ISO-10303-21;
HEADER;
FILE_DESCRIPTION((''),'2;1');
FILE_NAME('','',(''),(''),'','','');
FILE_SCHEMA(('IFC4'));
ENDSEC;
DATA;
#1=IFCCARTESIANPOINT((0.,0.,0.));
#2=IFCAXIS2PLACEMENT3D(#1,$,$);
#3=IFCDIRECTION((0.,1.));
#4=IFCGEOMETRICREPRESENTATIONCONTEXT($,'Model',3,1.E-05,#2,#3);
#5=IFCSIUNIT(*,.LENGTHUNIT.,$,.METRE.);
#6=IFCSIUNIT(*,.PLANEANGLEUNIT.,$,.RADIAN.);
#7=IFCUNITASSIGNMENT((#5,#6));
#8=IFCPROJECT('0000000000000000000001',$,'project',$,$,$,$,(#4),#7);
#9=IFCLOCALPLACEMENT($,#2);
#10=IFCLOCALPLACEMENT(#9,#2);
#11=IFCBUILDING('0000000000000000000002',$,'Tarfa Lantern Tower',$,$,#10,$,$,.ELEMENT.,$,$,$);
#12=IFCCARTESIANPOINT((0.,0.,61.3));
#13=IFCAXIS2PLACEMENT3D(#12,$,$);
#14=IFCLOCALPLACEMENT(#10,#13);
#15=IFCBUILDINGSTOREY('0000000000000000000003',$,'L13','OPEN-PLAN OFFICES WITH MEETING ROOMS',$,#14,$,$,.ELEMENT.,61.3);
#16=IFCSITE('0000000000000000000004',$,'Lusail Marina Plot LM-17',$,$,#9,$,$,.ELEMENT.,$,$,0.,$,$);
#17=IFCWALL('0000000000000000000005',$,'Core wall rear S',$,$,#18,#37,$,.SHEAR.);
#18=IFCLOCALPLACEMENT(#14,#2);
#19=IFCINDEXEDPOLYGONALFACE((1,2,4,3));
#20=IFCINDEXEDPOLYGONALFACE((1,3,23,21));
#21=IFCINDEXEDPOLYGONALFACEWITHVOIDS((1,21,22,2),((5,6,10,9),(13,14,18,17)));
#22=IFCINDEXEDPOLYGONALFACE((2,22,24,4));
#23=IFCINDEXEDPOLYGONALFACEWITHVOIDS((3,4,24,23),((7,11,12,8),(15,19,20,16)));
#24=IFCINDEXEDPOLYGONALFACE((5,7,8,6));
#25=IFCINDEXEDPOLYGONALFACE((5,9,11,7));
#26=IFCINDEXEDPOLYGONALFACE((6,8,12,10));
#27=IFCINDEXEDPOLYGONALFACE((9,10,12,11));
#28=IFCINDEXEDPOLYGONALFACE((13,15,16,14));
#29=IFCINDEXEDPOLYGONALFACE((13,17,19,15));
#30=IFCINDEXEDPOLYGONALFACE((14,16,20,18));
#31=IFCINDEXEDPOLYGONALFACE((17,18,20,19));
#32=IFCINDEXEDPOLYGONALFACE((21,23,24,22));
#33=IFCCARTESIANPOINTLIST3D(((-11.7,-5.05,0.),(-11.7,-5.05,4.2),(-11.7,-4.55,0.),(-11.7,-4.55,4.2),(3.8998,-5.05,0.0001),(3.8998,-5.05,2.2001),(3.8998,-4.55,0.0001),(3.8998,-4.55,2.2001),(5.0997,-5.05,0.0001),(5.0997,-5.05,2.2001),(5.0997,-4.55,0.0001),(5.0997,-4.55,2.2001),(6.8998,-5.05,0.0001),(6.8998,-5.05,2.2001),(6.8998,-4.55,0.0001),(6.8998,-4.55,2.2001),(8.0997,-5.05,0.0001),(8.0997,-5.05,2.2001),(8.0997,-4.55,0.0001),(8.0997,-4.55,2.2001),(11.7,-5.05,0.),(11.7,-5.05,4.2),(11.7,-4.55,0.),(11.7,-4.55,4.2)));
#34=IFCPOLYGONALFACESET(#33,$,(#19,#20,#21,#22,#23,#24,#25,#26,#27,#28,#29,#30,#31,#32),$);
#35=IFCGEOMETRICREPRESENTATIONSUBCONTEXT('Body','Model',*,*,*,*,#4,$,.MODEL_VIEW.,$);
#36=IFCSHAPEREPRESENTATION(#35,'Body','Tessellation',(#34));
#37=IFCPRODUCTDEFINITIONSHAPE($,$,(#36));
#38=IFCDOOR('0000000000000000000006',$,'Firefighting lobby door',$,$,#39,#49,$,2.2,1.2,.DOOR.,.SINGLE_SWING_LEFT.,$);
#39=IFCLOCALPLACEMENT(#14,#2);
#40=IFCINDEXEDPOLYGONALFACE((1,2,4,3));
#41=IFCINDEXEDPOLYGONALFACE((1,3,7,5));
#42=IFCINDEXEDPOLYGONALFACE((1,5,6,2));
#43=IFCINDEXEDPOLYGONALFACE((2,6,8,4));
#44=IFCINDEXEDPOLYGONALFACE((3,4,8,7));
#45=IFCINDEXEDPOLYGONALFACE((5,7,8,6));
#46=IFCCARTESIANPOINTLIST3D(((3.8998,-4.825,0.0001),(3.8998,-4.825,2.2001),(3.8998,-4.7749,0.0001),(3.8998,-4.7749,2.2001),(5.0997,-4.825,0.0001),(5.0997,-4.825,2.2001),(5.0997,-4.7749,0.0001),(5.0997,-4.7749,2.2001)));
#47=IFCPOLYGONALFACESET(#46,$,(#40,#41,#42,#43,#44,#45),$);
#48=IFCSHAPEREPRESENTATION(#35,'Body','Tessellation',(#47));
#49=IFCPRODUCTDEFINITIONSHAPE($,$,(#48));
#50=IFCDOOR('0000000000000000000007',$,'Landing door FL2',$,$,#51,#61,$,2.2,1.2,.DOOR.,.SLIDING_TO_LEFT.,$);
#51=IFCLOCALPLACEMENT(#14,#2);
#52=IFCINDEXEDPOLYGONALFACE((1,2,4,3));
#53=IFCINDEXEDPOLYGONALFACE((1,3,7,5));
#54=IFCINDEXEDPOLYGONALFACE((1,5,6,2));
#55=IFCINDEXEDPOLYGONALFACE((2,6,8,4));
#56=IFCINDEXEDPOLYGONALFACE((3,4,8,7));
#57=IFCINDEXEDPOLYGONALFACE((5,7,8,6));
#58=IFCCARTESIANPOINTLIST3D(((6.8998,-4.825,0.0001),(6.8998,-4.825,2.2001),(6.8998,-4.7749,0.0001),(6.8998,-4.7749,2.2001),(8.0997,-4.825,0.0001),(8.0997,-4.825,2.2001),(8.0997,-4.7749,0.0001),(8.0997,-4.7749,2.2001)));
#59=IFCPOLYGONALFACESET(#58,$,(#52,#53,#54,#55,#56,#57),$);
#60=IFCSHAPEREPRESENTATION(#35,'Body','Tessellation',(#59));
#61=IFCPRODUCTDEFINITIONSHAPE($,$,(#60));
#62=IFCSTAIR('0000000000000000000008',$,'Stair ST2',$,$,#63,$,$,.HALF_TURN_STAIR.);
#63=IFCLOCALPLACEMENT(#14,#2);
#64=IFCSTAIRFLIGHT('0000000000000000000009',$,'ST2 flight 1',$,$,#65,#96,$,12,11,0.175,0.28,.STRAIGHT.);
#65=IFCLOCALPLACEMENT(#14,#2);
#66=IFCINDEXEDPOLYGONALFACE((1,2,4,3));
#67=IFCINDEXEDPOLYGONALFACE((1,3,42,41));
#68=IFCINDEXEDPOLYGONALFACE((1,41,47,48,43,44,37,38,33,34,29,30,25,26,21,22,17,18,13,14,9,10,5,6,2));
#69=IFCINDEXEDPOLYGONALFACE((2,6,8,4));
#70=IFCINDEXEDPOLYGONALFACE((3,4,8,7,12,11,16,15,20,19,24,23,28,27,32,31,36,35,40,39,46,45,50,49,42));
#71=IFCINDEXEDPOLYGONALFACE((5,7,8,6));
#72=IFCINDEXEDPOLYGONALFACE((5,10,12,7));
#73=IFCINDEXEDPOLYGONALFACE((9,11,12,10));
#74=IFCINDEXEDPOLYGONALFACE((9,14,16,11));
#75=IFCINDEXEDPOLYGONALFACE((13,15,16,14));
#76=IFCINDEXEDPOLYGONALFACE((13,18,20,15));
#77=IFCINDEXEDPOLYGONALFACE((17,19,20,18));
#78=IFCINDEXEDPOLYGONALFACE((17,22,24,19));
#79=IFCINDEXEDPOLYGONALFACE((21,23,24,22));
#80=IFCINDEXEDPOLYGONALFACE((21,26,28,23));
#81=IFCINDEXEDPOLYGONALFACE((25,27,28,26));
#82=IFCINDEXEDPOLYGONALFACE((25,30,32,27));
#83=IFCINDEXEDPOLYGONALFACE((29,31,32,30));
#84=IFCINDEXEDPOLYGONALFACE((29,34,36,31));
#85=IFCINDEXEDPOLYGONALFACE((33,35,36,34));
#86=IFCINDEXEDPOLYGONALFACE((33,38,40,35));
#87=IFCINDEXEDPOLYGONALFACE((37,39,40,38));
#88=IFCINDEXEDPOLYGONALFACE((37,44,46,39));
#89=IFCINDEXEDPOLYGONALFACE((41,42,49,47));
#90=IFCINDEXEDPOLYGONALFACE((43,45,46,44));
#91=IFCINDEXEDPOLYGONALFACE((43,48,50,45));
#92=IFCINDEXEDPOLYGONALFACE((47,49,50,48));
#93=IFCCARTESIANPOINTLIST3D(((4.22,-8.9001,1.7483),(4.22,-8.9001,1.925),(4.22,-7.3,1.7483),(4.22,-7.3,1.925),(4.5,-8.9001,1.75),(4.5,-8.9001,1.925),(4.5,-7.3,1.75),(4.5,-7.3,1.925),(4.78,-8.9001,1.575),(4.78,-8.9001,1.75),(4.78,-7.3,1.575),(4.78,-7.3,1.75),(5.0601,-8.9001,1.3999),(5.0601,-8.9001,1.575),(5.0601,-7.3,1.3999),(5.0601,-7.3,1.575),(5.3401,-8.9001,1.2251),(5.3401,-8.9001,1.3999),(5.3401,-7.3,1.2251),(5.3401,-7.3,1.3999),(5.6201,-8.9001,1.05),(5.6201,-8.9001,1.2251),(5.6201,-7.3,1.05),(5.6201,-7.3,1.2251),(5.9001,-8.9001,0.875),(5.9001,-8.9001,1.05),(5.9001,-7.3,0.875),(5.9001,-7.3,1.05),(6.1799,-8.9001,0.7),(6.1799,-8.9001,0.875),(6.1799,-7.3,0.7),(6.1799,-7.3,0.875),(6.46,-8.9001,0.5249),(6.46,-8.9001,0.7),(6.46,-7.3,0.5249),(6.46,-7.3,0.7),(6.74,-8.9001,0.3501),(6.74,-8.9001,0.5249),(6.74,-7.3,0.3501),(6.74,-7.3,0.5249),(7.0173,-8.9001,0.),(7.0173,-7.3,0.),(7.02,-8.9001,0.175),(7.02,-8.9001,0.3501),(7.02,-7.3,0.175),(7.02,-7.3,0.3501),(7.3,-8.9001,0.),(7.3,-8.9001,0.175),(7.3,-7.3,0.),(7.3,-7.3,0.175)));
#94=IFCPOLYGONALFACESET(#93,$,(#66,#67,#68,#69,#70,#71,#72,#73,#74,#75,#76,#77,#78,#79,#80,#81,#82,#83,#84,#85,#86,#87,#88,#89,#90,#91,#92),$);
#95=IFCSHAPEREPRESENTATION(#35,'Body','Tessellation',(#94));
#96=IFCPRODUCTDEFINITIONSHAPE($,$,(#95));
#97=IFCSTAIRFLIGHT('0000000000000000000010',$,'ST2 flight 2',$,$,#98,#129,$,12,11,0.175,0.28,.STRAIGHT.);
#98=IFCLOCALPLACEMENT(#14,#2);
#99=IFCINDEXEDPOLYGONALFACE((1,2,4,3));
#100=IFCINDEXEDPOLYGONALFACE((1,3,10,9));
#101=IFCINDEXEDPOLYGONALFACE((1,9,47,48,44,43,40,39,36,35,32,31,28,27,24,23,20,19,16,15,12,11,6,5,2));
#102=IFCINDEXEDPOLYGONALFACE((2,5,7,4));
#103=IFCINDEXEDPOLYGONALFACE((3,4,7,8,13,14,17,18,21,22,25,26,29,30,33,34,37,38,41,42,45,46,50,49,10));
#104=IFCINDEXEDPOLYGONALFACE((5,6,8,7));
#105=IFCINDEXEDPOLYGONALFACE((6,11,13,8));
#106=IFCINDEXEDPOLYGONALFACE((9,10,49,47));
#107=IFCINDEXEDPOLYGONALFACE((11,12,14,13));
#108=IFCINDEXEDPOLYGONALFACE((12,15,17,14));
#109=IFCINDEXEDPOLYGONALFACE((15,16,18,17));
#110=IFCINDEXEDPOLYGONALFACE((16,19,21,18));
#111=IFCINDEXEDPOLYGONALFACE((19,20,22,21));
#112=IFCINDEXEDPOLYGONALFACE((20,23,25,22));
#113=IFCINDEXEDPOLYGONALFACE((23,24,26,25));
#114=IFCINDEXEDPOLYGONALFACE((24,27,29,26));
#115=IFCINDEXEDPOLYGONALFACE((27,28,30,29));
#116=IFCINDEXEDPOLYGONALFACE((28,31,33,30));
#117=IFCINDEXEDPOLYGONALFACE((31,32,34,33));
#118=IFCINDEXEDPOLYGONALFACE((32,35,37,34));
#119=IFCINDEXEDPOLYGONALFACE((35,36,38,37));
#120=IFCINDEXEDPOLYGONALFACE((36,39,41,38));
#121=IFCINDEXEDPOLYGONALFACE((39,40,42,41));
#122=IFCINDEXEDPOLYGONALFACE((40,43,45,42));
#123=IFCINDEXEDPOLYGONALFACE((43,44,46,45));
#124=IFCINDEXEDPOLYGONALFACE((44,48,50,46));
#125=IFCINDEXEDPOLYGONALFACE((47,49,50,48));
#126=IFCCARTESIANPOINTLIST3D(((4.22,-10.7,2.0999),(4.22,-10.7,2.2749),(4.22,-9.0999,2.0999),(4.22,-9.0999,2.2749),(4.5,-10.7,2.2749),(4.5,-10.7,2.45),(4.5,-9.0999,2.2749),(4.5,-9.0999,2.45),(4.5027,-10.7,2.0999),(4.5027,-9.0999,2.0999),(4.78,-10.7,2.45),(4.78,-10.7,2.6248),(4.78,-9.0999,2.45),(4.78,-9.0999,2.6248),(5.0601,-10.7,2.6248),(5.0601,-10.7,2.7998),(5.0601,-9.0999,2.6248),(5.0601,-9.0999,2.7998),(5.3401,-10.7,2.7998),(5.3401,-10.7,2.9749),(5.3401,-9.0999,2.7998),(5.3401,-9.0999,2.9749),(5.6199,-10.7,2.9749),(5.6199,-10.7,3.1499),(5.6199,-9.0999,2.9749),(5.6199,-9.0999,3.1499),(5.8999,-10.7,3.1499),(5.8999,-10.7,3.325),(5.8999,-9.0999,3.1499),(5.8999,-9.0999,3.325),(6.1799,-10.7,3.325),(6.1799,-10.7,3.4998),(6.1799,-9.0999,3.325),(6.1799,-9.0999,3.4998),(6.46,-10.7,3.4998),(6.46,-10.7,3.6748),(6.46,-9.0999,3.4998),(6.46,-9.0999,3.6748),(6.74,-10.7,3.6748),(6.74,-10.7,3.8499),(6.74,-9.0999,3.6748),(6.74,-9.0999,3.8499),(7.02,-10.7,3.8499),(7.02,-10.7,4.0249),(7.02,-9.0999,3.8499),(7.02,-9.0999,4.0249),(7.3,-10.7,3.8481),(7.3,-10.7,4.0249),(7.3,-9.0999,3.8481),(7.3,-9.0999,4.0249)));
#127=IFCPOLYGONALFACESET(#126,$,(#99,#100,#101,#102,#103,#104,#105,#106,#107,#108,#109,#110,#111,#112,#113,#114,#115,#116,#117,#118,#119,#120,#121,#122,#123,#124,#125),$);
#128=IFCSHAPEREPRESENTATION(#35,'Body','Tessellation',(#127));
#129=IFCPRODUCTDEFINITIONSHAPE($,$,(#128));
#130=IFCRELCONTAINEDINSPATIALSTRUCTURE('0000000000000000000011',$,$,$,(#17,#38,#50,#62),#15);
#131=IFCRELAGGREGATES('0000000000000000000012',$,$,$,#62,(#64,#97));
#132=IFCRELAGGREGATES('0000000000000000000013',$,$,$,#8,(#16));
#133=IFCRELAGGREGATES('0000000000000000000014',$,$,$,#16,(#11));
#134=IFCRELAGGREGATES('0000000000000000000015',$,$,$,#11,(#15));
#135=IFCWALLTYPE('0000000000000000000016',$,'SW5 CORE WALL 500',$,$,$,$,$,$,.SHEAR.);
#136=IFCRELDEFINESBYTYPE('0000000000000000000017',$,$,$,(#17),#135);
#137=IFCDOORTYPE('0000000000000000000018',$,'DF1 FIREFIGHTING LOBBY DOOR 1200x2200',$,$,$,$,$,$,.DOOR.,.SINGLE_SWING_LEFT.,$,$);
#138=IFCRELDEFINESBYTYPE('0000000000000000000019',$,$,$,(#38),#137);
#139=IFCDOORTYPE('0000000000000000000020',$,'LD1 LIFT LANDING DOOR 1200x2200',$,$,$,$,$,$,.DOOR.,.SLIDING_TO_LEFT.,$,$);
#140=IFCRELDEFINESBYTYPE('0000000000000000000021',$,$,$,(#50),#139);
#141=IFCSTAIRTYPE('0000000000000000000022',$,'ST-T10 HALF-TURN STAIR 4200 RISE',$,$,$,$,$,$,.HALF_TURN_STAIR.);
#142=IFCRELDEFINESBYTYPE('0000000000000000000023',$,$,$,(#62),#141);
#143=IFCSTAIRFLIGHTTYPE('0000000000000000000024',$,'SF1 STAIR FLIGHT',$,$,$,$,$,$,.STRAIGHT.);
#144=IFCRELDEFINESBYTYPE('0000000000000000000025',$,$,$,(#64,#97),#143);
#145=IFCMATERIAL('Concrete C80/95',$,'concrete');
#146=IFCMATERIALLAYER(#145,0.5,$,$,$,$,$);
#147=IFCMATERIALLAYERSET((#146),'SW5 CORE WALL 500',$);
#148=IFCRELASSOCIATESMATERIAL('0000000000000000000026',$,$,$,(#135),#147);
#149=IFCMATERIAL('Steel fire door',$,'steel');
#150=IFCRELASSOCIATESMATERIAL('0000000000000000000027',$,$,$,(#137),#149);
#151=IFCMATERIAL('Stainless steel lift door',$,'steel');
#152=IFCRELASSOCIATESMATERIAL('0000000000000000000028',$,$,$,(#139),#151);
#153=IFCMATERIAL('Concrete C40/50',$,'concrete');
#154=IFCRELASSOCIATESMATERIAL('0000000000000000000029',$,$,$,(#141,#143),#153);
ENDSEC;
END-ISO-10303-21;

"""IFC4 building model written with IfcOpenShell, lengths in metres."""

from ifc_helpers import new_model, si_unit, direction, frame, frame_2d, origin, place, context, subcontext, project, spatial, polyline, rectangle, outline, extrude, material, layer, layer_set, type_object, element, fill, aggregate, save


model = new_model("IFC4")

# Units and contexts
model_context = context("Model", 3, precision=1e-05, world=origin(), true_north=direction((0.0, 1.0)))
body_context = subcontext(model_context, "Body", "Model", "MODEL_VIEW")
ifc_project = project(units=[si_unit("LENGTHUNIT", "METRE"), si_unit("PLANEANGLEUNIT", "RADIAN")], contexts=[model_context])

# Site, building, storey
site_placement = place(None, origin())
site = spatial("IfcSite", under=ifc_project, at=site_placement, Name="Lusail Marina Plot LM-17", CompositionType="ELEMENT", RefElevation=0.0)
building_placement = place(site_placement, origin())
building = spatial("IfcBuilding", under=site, at=building_placement, Name="Tarfa Lantern Tower", CompositionType="ELEMENT")
storey_placement = place(building_placement, frame((0.0, 0.0, 61.3)))
storey = spatial("IfcBuildingStorey", under=building, at=storey_placement, Name="L13", Description="OPEN-PLAN OFFICES WITH MEETING ROOMS", CompositionType="ELEMENT", Elevation=61.3)

# Shared definitions
ifc_material_1 = material(Name="Concrete C80/95", Category="concrete")

# Shared definitions
ifc_material_2 = material(Name="Steel fire door", Category="steel")

# Wall, openings, doors
ifc_layer_1 = layer(ifc_material_1, 0.5)
ifc_layer_set_1 = layer_set([ifc_layer_1], Name="SW5 CORE WALL 500")
wall_type_1 = type_object("IfcWallType", Name="SW5 CORE WALL 500", PredefinedType="SHEAR", material=ifc_layer_set_1)
wall_1_placement = place(storey_placement, frame((11.7, -4.8, 0.0), z_axis=(0.0, 0.0, 1.0), x_axis=(-1.0, 0.0, 0.0)))
wall_1 = element("IfcWall", 1, at=wall_1_placement, inside=storey, type_object=wall_type_1, Name="Core wall rear S", PredefinedType="SHEAR", context=body_context, shape_type="SweptSolid", body=[
    extrude(rectangle(XDim=23.3999, YDim=0.5, at=frame_2d((11.7, 0.0))), origin(), (0.0, 0.0, 1.0), 4.2),
])
opening_1_placement = place(wall_1_placement, frame((6.6001, 0.0, 0.0)))
opening_1 = element("IfcOpeningElement", 2, at=opening_1_placement, cuts=wall_1, PredefinedType="OPENING", context=body_context, shape_type="SweptSolid", body=[
    extrude(rectangle(XDim=1.2, YDim=2.2, at=frame_2d((0.6001, 1.1001))), frame((0.0, 0.26, 0.0), z_axis=(0.0, -1.0, 0.0), x_axis=(1.0, 0.0, 0.0)), (0.0, 0.0, 1.0), 0.52),
])
opening_2_placement = place(wall_1_placement, frame((3.6001, 0.0, 0.0)))
opening_2 = element("IfcOpeningElement", 3, at=opening_2_placement, cuts=wall_1, PredefinedType="OPENING", context=body_context, shape_type="SweptSolid", body=[
    extrude(rectangle(XDim=1.2, YDim=2.2, at=frame_2d((0.6001, 1.1001))), frame((0.0, 0.26, 0.0), z_axis=(0.0, -1.0, 0.0), x_axis=(1.0, 0.0, 0.0)), (0.0, 0.0, 1.0), 0.52),
])
door_type_1 = type_object("IfcDoorType", Name="DF1 FIREFIGHTING LOBBY DOOR 1200x2200", OperationType="SINGLE_SWING_LEFT", PredefinedType="DOOR", material=ifc_material_2)
door_1_placement = place(opening_1_placement, origin())
door_1 = element("IfcDoor", 4, at=door_1_placement, inside=storey, type_object=door_type_1, Name="Firefighting lobby door", OperationType="SINGLE_SWING_LEFT", OverallHeight=2.2, OverallWidth=1.2, PredefinedType="DOOR", context=body_context, shape_type="SweptSolid", body=[
    extrude(rectangle(XDim=1.2, YDim=2.2, at=frame_2d((0.6001, 1.1001))), frame((0.0, 0.0249, 0.0), z_axis=(0.0, -1.0, 0.0), x_axis=(1.0, 0.0, 0.0)), (0.0, 0.0, 1.0), 0.05),
])
fill(opening_1, door_1)
ifc_material_3 = material(Name="Stainless steel lift door", Category="steel")
door_type_2 = type_object("IfcDoorType", Name="LD1 LIFT LANDING DOOR 1200x2200", OperationType="SLIDING_TO_LEFT", PredefinedType="DOOR", material=ifc_material_3)
door_2_placement = place(opening_2_placement, origin())
door_2 = element("IfcDoor", 5, at=door_2_placement, inside=storey, type_object=door_type_2, Name="Landing door FL2", OperationType="SLIDING_TO_LEFT", OverallHeight=2.2, OverallWidth=1.2, PredefinedType="DOOR", context=body_context, shape_type="SweptSolid", body=[
    extrude(rectangle(XDim=1.2, YDim=2.2, at=frame_2d((0.6001, 1.1001))), frame((0.0, 0.0249, 0.0), z_axis=(0.0, -1.0, 0.0), x_axis=(1.0, 0.0, 0.0)), (0.0, 0.0, 1.0), 0.05),
])
fill(opening_2, door_2)

# Stair, stair flights
ifc_material_4 = material(Name="Concrete C40/50", Category="concrete")
stair_type = type_object("IfcStairType", Name="ST-T10 HALF-TURN STAIR 4200 RISE", PredefinedType="HALF_TURN_STAIR", material=ifc_material_4)
stair_placement = place(storey_placement, origin())
stair = element("IfcStair", 6, at=stair_placement, inside=storey, type_object=stair_type, Name="Stair ST2", PredefinedType="HALF_TURN_STAIR")
stair_flight_type = type_object("IfcStairFlightType", Name="SF1 STAIR FLIGHT", PredefinedType="STRAIGHT", material=ifc_material_4)
stair_flight_1_placement = place(storey_placement, frame((7.3, -8.1001, 0.0), z_axis=(0.0, 0.0, 1.0), x_axis=(-1.0, 0.0, 0.0)))
stair_flight_1 = element("IfcStairFlight", 7, at=stair_flight_1_placement, type_object=stair_flight_type, Name="ST2 flight 1", NumberOfRisers=12, NumberOfTreads=11, PredefinedType="STRAIGHT", RiserHeight=0.175, TreadLength=0.28, context=body_context, shape_type="SweptSolid", body=[
    extrude(outline(polyline([(0.0, 0.0), (0.0, 0.175), (0.28, 0.175), (0.28, 0.3501), (0.5601, 0.3501), (0.5601, 0.5249), (0.8401, 0.5249), (0.8401, 0.7), (1.1201, 0.7), (1.1201, 0.875), (1.3999, 0.875), (1.3999, 1.05), (1.6799, 1.05), (1.6799, 1.2251), (1.96, 1.2251), (1.96, 1.3999), (2.24, 1.3999), (2.24, 1.575), (2.52, 1.575), (2.52, 1.75), (2.8, 1.75), (2.8, 1.925), (3.0801, 1.925), (3.0801, 2.1001), (3.0801, 1.7483), (0.2827, 0.0), (0.0, 0.0)])), frame((0.0, 0.8, 0.0), z_axis=(0.0, -1.0, 0.0), x_axis=(1.0, 0.0, 0.0)), (0.0, 0.0, 1.0), 1.6001),
])
stair_flight_2_placement = place(storey_placement, frame((4.22, -9.8999, 2.0999), z_axis=(0.0, 0.0, 1.0), x_axis=(1.0, 0.0, 0.0)))
stair_flight_2 = element("IfcStairFlight", 8, at=stair_flight_2_placement, type_object=stair_flight_type, Name="ST2 flight 2", NumberOfRisers=12, NumberOfTreads=11, PredefinedType="STRAIGHT", RiserHeight=0.175, TreadLength=0.28, context=body_context, shape_type="SweptSolid", body=[
    extrude(outline(polyline([(0.0, 0.0), (0.0, 0.175), (0.28, 0.175), (0.28, 0.3501), (0.5601, 0.3501), (0.5601, 0.5249), (0.8401, 0.5249), (0.8401, 0.7), (1.1201, 0.7), (1.1201, 0.875), (1.3999, 0.875), (1.3999, 1.05), (1.6799, 1.05), (1.6799, 1.2251), (1.96, 1.2251), (1.96, 1.3999), (2.24, 1.3999), (2.24, 1.575), (2.52, 1.575), (2.52, 1.75), (2.8, 1.75), (2.8, 1.925), (3.0801, 1.925), (3.0801, 2.1001), (3.0801, 1.7483), (0.2827, 0.0), (0.0, 0.0)])), frame((0.0, 0.8, 0.0), z_axis=(0.0, -1.0, 0.0), x_axis=(1.0, 0.0, 0.0)), (0.0, 0.0, 1.0), 1.6001),
])
aggregate(stair, [stair_flight_1, stair_flight_2])

save(model, "model.ifc")
